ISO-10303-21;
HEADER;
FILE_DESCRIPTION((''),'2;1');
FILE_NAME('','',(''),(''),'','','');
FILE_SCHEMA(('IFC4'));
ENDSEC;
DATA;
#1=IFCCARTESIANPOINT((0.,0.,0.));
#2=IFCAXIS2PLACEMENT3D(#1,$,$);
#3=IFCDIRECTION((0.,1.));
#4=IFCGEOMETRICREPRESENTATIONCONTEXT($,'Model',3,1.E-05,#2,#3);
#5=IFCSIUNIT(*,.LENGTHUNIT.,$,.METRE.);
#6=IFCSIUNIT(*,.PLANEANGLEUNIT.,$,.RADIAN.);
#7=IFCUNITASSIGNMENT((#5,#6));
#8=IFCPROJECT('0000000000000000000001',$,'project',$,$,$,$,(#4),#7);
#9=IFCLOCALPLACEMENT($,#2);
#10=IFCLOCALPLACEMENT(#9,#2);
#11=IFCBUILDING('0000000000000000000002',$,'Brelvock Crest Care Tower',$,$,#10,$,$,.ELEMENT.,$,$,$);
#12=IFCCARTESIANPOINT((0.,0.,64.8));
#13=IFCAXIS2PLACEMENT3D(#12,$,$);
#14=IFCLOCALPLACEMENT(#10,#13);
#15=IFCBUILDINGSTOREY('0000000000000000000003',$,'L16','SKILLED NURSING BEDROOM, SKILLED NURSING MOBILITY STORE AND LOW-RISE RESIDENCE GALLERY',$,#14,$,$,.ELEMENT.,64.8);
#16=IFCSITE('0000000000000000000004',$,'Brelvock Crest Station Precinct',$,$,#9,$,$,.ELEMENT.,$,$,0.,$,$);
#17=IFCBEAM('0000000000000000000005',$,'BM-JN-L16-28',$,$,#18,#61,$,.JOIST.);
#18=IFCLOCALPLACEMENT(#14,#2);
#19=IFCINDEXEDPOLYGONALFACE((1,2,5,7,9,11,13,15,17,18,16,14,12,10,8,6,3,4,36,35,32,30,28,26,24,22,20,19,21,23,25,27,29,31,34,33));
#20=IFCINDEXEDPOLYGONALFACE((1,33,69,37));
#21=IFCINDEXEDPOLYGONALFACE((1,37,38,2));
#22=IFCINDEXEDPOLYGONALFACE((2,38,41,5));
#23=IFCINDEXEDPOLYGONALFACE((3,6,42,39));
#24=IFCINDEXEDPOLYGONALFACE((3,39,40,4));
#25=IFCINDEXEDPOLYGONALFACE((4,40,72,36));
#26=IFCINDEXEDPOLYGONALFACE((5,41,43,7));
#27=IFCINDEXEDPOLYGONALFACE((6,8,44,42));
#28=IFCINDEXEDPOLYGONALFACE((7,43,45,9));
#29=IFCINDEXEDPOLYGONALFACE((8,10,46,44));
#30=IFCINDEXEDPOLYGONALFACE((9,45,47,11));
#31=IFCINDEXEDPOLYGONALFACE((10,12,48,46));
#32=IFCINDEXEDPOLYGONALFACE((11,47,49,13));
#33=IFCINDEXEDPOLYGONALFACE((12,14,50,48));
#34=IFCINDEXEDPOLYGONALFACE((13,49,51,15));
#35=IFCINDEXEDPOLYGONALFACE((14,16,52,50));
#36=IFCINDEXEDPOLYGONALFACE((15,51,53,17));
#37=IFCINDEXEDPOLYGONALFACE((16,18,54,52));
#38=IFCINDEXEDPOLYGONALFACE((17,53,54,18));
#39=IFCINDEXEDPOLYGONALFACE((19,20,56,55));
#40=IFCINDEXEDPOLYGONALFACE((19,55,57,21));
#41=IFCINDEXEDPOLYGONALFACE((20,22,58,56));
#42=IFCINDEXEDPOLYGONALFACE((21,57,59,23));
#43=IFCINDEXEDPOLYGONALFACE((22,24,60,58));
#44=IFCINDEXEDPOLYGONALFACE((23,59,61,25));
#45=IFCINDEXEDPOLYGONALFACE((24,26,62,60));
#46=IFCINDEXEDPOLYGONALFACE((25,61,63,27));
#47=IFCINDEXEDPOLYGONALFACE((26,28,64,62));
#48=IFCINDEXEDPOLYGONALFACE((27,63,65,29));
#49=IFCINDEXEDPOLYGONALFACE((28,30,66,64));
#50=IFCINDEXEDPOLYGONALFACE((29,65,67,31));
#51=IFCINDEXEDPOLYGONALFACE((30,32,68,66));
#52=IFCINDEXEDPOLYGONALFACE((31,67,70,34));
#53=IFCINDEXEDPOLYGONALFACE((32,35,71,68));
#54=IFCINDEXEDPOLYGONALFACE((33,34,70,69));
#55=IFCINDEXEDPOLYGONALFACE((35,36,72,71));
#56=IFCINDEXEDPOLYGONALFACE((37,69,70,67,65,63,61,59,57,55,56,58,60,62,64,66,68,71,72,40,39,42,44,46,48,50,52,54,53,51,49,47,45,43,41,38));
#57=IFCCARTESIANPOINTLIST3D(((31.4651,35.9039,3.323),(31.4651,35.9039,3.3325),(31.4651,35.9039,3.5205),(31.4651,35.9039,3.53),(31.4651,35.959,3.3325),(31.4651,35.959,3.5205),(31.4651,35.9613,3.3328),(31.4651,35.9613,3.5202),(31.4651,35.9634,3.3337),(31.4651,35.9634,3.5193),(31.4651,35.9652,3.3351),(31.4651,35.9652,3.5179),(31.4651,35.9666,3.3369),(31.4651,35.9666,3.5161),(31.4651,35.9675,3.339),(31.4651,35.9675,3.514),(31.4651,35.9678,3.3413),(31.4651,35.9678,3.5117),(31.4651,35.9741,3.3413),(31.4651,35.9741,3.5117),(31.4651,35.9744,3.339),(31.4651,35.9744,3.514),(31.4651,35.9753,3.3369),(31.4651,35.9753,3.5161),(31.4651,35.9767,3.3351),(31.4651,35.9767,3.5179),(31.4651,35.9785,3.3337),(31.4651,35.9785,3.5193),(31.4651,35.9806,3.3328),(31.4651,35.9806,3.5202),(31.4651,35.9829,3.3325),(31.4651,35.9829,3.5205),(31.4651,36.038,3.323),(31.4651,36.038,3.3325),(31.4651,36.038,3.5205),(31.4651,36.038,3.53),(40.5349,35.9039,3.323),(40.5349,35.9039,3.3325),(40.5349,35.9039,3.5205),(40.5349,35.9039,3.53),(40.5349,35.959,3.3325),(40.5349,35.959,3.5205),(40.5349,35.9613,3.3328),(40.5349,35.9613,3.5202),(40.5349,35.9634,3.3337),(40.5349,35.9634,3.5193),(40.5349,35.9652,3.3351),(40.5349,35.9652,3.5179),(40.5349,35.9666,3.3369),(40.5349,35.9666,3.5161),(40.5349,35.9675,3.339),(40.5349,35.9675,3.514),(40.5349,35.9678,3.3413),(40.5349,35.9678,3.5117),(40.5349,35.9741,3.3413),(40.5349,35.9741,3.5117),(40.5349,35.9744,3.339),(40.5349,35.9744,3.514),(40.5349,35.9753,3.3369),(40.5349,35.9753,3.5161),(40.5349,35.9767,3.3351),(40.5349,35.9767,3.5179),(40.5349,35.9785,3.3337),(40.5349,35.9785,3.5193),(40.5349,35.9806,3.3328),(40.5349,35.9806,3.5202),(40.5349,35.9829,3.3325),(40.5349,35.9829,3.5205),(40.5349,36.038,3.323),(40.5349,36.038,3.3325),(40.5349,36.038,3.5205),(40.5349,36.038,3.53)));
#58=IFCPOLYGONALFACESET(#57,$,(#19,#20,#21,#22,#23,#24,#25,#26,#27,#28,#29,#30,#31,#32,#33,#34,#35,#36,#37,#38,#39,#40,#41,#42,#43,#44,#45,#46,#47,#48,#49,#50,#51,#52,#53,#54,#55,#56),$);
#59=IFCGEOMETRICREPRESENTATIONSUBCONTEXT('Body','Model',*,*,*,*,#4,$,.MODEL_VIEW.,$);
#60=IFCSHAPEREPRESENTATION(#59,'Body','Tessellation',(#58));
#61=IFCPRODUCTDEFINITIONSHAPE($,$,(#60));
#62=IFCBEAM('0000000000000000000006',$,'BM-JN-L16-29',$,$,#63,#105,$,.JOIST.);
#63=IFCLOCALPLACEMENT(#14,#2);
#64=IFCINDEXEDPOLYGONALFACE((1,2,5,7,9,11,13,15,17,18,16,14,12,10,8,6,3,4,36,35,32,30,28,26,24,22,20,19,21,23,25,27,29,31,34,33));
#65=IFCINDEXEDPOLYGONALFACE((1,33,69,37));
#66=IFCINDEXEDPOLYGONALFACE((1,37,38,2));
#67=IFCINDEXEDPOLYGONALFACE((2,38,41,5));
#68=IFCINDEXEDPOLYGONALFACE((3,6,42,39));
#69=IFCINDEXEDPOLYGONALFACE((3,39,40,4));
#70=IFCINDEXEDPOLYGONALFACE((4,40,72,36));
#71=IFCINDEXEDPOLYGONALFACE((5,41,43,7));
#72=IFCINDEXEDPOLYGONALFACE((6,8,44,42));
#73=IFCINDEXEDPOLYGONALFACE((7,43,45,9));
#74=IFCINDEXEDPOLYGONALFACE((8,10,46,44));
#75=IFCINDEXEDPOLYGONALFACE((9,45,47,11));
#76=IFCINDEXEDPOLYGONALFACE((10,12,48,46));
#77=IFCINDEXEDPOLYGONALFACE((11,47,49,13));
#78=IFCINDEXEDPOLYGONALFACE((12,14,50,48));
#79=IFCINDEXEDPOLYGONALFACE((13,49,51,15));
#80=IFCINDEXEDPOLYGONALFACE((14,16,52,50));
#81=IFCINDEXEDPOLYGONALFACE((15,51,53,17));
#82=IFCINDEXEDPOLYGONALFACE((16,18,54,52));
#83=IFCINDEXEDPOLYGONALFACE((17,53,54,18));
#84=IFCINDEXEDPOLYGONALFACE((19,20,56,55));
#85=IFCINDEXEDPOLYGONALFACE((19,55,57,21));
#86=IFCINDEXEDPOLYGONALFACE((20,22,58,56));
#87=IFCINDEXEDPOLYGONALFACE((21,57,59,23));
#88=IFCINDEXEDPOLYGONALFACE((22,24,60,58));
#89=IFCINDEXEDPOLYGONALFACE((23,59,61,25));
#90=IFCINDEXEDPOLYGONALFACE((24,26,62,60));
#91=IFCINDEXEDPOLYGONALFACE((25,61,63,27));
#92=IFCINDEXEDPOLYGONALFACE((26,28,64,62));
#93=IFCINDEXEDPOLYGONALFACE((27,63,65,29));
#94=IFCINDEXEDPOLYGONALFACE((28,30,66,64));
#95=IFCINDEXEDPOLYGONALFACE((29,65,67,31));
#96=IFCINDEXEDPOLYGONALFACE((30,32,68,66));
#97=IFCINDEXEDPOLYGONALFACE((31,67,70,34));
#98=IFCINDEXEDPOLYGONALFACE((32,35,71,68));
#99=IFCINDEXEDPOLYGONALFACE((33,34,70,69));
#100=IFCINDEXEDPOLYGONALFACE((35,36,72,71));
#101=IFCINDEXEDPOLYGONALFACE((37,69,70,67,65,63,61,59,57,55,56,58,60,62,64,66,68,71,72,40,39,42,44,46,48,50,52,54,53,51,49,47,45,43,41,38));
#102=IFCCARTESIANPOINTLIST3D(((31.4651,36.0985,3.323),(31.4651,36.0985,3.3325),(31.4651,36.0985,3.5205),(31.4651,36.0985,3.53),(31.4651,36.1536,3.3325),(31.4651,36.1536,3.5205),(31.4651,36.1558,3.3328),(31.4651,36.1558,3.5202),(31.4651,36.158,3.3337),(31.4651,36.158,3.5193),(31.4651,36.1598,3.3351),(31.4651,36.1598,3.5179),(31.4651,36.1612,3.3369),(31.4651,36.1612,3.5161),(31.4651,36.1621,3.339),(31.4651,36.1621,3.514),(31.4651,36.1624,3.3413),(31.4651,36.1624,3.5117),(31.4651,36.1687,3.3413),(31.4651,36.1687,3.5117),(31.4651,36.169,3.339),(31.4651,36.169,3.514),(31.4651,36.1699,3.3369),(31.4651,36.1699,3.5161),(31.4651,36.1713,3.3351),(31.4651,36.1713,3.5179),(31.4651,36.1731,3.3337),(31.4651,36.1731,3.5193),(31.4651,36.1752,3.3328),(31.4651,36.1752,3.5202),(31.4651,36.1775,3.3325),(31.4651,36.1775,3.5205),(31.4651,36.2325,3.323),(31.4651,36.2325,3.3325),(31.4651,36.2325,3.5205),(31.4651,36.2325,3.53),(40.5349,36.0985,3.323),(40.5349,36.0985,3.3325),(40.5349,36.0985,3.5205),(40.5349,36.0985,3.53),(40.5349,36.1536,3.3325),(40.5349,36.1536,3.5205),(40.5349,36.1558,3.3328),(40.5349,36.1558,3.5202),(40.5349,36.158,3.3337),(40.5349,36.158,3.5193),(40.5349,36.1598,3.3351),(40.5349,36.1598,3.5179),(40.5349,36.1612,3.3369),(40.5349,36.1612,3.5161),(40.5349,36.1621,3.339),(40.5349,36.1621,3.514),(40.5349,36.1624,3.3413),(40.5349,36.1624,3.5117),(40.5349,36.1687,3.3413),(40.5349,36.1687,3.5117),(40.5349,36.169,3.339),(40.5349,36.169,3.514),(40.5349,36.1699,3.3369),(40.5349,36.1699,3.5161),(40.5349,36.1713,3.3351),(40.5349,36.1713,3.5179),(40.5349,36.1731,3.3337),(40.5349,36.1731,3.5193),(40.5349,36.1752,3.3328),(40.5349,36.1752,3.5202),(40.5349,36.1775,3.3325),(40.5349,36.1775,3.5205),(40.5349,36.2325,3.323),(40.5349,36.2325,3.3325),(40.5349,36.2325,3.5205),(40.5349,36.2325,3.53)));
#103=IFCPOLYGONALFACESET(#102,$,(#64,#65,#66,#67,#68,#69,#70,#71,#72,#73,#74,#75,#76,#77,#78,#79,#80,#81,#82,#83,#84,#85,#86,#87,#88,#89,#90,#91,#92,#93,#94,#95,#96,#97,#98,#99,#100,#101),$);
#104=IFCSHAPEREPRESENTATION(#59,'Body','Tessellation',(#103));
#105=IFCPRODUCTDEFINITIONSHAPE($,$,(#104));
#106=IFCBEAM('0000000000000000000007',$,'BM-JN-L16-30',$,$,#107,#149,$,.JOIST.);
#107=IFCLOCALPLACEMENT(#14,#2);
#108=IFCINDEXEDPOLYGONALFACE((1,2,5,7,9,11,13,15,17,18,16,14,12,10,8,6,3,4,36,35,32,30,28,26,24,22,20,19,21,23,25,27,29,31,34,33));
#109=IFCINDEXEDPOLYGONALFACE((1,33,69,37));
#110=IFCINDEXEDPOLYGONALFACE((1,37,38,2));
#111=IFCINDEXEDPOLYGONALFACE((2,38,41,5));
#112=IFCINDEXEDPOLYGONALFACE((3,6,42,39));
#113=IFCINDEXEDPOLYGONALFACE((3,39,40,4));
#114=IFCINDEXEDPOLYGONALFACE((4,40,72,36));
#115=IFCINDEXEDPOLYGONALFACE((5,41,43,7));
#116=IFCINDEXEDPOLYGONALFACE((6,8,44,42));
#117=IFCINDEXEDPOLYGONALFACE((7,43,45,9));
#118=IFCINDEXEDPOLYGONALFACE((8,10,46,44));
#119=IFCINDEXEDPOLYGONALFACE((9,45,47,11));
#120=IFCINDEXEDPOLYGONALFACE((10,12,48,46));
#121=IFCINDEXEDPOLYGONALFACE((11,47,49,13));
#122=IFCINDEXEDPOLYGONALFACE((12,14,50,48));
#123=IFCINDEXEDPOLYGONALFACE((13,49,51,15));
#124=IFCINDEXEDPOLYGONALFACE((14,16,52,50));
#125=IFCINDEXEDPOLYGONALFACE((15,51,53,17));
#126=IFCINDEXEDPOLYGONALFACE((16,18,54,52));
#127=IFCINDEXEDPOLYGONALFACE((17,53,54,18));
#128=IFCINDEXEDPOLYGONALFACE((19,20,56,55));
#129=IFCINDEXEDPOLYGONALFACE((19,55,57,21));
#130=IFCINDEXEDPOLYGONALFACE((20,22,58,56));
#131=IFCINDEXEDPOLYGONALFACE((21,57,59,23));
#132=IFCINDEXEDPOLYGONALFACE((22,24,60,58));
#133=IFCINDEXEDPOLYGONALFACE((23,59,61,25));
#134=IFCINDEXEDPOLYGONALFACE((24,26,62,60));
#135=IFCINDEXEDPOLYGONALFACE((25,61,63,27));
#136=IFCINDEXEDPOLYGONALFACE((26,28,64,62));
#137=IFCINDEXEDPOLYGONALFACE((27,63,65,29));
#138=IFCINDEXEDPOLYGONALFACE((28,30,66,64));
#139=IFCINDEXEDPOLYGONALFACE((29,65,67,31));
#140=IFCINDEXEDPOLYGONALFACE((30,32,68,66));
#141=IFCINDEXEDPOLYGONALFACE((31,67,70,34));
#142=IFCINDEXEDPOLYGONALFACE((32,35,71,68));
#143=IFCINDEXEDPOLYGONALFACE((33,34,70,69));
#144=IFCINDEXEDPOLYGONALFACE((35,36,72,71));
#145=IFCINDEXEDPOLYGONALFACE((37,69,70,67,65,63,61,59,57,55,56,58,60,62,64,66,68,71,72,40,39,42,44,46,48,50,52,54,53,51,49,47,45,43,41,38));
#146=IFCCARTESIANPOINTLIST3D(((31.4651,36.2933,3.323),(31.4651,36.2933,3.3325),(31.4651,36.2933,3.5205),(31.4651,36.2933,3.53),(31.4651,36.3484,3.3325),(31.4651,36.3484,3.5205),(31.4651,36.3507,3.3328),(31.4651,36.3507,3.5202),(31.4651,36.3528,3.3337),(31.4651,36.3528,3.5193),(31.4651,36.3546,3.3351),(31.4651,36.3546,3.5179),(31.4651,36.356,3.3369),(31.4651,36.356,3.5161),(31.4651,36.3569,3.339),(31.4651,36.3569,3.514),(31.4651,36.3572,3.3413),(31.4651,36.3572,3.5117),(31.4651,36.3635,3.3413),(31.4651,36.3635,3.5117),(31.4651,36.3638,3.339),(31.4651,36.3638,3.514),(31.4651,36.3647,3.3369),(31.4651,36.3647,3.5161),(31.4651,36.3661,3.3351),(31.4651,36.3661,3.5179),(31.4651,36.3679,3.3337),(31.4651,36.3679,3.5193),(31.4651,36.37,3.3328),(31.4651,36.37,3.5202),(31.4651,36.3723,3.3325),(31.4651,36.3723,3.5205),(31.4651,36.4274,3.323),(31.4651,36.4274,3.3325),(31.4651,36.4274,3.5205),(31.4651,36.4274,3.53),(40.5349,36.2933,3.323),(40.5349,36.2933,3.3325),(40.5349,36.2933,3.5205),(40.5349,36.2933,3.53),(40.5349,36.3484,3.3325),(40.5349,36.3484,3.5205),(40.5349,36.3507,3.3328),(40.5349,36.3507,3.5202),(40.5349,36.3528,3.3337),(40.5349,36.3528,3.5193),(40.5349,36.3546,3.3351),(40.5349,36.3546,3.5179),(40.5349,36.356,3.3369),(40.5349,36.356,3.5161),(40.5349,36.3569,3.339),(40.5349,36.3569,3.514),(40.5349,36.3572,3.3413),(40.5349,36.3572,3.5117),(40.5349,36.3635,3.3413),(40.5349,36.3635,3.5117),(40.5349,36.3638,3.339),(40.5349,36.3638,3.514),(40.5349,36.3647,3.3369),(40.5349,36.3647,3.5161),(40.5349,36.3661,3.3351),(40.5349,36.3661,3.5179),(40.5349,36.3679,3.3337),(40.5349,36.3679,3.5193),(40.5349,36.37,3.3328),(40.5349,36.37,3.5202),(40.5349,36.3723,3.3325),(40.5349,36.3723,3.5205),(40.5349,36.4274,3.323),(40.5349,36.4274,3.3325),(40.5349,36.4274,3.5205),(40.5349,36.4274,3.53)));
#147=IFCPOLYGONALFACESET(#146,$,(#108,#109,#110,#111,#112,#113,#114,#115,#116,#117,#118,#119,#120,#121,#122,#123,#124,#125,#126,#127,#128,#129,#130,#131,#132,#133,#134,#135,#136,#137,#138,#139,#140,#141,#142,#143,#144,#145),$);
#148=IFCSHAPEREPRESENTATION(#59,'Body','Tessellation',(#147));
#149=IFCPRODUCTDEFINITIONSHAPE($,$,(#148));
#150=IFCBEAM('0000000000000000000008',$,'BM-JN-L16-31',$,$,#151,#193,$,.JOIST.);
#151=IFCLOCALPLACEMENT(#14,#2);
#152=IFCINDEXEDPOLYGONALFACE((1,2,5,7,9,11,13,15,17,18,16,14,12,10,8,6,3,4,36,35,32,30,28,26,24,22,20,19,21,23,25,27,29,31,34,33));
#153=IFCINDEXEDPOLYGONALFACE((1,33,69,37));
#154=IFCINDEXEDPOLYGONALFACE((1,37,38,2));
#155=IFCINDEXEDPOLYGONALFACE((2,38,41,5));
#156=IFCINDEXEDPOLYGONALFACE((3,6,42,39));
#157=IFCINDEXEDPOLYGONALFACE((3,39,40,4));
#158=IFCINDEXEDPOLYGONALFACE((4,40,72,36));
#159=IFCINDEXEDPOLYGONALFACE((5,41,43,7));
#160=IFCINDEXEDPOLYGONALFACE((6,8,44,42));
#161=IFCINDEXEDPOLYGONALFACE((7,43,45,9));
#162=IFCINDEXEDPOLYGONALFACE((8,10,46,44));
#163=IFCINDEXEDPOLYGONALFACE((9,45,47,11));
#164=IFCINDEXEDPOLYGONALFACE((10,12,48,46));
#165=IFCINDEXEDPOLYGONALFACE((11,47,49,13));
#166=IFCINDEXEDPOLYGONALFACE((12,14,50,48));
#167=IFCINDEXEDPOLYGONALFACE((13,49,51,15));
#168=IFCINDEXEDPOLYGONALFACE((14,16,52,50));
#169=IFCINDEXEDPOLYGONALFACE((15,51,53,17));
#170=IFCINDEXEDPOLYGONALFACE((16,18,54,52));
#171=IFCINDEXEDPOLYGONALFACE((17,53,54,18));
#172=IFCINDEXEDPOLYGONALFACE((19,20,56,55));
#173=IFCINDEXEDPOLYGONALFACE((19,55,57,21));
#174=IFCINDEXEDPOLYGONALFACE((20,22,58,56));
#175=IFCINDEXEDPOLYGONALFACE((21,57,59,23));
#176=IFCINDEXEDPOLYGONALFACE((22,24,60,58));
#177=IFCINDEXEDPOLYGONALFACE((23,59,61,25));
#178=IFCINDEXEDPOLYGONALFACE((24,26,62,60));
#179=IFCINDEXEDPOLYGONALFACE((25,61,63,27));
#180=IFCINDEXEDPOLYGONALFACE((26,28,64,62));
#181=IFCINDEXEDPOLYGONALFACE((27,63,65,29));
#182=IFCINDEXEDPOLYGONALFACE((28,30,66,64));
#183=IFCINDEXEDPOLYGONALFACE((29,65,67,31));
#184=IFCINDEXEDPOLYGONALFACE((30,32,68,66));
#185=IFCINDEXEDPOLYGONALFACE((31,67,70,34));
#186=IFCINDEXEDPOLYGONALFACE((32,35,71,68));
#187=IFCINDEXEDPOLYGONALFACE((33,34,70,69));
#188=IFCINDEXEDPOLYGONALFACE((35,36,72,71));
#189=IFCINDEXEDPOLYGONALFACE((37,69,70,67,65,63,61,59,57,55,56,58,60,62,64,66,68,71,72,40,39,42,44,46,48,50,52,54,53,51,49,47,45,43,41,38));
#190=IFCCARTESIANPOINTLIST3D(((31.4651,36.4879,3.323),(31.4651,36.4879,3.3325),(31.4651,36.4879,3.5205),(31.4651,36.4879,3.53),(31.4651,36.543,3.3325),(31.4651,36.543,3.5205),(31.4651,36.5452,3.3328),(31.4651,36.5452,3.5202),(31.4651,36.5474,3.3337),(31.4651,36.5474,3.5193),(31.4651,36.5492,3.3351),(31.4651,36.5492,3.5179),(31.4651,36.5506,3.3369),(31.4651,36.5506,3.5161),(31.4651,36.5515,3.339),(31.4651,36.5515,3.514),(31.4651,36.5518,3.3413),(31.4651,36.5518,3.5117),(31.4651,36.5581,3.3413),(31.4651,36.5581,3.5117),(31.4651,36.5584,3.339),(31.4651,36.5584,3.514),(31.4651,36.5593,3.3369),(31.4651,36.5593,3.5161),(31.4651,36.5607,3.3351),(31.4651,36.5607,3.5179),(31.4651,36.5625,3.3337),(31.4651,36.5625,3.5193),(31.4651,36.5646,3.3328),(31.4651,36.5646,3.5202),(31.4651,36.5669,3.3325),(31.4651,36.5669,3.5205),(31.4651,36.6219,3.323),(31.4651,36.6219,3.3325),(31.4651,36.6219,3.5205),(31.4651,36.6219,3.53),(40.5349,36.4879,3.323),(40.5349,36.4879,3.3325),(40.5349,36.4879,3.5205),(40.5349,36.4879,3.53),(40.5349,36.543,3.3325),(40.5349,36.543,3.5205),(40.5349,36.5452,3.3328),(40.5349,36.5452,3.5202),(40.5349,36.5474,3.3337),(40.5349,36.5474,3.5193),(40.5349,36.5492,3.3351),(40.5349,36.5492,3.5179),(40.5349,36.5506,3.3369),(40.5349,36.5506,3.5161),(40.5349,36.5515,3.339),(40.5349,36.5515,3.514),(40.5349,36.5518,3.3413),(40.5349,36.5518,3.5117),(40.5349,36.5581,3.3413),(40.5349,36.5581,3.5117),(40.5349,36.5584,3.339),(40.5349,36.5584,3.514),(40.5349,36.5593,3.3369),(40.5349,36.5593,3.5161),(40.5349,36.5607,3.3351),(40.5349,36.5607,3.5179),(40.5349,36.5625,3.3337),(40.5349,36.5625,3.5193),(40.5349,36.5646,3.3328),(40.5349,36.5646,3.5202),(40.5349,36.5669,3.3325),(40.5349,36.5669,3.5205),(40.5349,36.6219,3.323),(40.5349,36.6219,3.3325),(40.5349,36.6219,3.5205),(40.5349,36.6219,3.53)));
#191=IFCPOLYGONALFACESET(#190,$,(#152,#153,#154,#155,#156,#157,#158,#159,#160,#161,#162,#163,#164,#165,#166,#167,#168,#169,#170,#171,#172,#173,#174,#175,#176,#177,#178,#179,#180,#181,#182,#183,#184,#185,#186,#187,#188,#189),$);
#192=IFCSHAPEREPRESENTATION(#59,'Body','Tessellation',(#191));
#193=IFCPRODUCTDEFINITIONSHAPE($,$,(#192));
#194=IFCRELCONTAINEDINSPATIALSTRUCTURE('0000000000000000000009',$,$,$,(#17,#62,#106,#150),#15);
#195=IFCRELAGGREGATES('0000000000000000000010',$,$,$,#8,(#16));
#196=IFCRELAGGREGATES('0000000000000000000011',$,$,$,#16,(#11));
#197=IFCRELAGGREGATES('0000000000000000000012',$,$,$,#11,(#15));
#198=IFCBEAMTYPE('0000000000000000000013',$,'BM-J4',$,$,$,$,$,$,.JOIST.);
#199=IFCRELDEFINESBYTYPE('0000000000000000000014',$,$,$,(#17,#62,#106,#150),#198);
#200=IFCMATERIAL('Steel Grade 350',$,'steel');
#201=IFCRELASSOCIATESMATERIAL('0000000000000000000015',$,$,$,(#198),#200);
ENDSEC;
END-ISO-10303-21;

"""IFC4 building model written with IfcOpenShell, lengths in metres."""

from ifc_helpers import new_model, si_unit, direction, frame, origin, origin_2d, place, context, subcontext, project, spatial, i_section, extrude, source, transform, mapped, material, material_profile, profile_set, type_object, element, save


model = new_model("IFC4")

# Units and contexts
model_context = context("Model", 3, precision=1e-05, world=origin(), true_north=direction((0.0, 1.0)))
body_context = subcontext(model_context, "Body", "Model", "MODEL_VIEW")
ifc_project = project(units=[si_unit("LENGTHUNIT", "METRE"), si_unit("PLANEANGLEUNIT", "RADIAN")], contexts=[model_context])

# Site, building, storey
site_placement = place(None, origin())
site = spatial("IfcSite", under=ifc_project, at=site_placement, Name="Brelvock Crest Station Precinct", CompositionType="ELEMENT", RefElevation=0.0)
building_placement = place(site_placement, origin())
building = spatial("IfcBuilding", under=site, at=building_placement, Name="Brelvock Crest Care Tower", CompositionType="ELEMENT")
storey_placement = place(building_placement, frame((0.0, 0.0, 64.8)))
storey = spatial("IfcBuildingStorey", under=building, at=storey_placement, Name="L16", Description="SKILLED NURSING BEDROOM, SKILLED NURSING MOBILITY STORE AND LOW-RISE RESIDENCE GALLERY", CompositionType="ELEMENT", Elevation=64.8)

# Shared definitions
ifc_material_1 = material(Name="Steel Grade 350", Category="steel")

# Beams
ifc_material_profile_1 = material_profile(ifc_material_1, i_section(OverallWidth=0.134, OverallDepth=0.207, WebThickness=0.0063, FlangeThickness=0.0095, FilletRadius=0.0088, at=origin_2d()), Name="200UB29.8")
ifc_profile_set_1 = profile_set([ifc_material_profile_1], Name="Steel Grade 350")
beam_type_1 = type_object("IfcBeamType", Name="BM-J4", PredefinedType="JOIST", material=ifc_profile_set_1)
shared_shape_1 = source(origin(), body_context, "Body", "SweptSolid", [
    extrude(i_section(OverallWidth=0.134, OverallDepth=0.207, WebThickness=0.0063, FlangeThickness=0.0095, FilletRadius=0.0088, at=origin_2d()), origin(), (0.0, 0.0, 1.0), 9.0698),
])
for number, where, z_axis, x_axis, name in (
    (1, (31.4651, 35.9709, 3.4265), (1.0, 0.0, 0.0), (0.0, 1.0, 0.0), "BM-JN-L16-28"),
    (2, (31.4651, 36.1655, 3.4265), (1.0, 0.0, 0.0), (0.0, 1.0, 0.0), "BM-JN-L16-29"),
    (3, (31.4651, 36.3604, 3.4265), (1.0, 0.0, 0.0), (0.0, 1.0, 0.0), "BM-JN-L16-30"),
    (4, (31.4651, 36.5549, 3.4265), (1.0, 0.0, 0.0), (0.0, 1.0, 0.0), "BM-JN-L16-31"),
):
    element("IfcBeam", number, at=place(storey_placement, frame(where, z_axis=z_axis, x_axis=x_axis)), inside=storey, type_object=beam_type_1, Name=name, PredefinedType="JOIST", context=body_context, shape_type="MappedRepresentation", body=[
        mapped(shared_shape_1, transform((0.0, 0.0, 0.0), x_axis=(1.0, 0.0, 0.0), y_axis=(0.0, 1.0, 0.0), z_axis=(0.0, 0.0, 1.0), scale=1.0)),
    ])

save(model, "model.ifc")
